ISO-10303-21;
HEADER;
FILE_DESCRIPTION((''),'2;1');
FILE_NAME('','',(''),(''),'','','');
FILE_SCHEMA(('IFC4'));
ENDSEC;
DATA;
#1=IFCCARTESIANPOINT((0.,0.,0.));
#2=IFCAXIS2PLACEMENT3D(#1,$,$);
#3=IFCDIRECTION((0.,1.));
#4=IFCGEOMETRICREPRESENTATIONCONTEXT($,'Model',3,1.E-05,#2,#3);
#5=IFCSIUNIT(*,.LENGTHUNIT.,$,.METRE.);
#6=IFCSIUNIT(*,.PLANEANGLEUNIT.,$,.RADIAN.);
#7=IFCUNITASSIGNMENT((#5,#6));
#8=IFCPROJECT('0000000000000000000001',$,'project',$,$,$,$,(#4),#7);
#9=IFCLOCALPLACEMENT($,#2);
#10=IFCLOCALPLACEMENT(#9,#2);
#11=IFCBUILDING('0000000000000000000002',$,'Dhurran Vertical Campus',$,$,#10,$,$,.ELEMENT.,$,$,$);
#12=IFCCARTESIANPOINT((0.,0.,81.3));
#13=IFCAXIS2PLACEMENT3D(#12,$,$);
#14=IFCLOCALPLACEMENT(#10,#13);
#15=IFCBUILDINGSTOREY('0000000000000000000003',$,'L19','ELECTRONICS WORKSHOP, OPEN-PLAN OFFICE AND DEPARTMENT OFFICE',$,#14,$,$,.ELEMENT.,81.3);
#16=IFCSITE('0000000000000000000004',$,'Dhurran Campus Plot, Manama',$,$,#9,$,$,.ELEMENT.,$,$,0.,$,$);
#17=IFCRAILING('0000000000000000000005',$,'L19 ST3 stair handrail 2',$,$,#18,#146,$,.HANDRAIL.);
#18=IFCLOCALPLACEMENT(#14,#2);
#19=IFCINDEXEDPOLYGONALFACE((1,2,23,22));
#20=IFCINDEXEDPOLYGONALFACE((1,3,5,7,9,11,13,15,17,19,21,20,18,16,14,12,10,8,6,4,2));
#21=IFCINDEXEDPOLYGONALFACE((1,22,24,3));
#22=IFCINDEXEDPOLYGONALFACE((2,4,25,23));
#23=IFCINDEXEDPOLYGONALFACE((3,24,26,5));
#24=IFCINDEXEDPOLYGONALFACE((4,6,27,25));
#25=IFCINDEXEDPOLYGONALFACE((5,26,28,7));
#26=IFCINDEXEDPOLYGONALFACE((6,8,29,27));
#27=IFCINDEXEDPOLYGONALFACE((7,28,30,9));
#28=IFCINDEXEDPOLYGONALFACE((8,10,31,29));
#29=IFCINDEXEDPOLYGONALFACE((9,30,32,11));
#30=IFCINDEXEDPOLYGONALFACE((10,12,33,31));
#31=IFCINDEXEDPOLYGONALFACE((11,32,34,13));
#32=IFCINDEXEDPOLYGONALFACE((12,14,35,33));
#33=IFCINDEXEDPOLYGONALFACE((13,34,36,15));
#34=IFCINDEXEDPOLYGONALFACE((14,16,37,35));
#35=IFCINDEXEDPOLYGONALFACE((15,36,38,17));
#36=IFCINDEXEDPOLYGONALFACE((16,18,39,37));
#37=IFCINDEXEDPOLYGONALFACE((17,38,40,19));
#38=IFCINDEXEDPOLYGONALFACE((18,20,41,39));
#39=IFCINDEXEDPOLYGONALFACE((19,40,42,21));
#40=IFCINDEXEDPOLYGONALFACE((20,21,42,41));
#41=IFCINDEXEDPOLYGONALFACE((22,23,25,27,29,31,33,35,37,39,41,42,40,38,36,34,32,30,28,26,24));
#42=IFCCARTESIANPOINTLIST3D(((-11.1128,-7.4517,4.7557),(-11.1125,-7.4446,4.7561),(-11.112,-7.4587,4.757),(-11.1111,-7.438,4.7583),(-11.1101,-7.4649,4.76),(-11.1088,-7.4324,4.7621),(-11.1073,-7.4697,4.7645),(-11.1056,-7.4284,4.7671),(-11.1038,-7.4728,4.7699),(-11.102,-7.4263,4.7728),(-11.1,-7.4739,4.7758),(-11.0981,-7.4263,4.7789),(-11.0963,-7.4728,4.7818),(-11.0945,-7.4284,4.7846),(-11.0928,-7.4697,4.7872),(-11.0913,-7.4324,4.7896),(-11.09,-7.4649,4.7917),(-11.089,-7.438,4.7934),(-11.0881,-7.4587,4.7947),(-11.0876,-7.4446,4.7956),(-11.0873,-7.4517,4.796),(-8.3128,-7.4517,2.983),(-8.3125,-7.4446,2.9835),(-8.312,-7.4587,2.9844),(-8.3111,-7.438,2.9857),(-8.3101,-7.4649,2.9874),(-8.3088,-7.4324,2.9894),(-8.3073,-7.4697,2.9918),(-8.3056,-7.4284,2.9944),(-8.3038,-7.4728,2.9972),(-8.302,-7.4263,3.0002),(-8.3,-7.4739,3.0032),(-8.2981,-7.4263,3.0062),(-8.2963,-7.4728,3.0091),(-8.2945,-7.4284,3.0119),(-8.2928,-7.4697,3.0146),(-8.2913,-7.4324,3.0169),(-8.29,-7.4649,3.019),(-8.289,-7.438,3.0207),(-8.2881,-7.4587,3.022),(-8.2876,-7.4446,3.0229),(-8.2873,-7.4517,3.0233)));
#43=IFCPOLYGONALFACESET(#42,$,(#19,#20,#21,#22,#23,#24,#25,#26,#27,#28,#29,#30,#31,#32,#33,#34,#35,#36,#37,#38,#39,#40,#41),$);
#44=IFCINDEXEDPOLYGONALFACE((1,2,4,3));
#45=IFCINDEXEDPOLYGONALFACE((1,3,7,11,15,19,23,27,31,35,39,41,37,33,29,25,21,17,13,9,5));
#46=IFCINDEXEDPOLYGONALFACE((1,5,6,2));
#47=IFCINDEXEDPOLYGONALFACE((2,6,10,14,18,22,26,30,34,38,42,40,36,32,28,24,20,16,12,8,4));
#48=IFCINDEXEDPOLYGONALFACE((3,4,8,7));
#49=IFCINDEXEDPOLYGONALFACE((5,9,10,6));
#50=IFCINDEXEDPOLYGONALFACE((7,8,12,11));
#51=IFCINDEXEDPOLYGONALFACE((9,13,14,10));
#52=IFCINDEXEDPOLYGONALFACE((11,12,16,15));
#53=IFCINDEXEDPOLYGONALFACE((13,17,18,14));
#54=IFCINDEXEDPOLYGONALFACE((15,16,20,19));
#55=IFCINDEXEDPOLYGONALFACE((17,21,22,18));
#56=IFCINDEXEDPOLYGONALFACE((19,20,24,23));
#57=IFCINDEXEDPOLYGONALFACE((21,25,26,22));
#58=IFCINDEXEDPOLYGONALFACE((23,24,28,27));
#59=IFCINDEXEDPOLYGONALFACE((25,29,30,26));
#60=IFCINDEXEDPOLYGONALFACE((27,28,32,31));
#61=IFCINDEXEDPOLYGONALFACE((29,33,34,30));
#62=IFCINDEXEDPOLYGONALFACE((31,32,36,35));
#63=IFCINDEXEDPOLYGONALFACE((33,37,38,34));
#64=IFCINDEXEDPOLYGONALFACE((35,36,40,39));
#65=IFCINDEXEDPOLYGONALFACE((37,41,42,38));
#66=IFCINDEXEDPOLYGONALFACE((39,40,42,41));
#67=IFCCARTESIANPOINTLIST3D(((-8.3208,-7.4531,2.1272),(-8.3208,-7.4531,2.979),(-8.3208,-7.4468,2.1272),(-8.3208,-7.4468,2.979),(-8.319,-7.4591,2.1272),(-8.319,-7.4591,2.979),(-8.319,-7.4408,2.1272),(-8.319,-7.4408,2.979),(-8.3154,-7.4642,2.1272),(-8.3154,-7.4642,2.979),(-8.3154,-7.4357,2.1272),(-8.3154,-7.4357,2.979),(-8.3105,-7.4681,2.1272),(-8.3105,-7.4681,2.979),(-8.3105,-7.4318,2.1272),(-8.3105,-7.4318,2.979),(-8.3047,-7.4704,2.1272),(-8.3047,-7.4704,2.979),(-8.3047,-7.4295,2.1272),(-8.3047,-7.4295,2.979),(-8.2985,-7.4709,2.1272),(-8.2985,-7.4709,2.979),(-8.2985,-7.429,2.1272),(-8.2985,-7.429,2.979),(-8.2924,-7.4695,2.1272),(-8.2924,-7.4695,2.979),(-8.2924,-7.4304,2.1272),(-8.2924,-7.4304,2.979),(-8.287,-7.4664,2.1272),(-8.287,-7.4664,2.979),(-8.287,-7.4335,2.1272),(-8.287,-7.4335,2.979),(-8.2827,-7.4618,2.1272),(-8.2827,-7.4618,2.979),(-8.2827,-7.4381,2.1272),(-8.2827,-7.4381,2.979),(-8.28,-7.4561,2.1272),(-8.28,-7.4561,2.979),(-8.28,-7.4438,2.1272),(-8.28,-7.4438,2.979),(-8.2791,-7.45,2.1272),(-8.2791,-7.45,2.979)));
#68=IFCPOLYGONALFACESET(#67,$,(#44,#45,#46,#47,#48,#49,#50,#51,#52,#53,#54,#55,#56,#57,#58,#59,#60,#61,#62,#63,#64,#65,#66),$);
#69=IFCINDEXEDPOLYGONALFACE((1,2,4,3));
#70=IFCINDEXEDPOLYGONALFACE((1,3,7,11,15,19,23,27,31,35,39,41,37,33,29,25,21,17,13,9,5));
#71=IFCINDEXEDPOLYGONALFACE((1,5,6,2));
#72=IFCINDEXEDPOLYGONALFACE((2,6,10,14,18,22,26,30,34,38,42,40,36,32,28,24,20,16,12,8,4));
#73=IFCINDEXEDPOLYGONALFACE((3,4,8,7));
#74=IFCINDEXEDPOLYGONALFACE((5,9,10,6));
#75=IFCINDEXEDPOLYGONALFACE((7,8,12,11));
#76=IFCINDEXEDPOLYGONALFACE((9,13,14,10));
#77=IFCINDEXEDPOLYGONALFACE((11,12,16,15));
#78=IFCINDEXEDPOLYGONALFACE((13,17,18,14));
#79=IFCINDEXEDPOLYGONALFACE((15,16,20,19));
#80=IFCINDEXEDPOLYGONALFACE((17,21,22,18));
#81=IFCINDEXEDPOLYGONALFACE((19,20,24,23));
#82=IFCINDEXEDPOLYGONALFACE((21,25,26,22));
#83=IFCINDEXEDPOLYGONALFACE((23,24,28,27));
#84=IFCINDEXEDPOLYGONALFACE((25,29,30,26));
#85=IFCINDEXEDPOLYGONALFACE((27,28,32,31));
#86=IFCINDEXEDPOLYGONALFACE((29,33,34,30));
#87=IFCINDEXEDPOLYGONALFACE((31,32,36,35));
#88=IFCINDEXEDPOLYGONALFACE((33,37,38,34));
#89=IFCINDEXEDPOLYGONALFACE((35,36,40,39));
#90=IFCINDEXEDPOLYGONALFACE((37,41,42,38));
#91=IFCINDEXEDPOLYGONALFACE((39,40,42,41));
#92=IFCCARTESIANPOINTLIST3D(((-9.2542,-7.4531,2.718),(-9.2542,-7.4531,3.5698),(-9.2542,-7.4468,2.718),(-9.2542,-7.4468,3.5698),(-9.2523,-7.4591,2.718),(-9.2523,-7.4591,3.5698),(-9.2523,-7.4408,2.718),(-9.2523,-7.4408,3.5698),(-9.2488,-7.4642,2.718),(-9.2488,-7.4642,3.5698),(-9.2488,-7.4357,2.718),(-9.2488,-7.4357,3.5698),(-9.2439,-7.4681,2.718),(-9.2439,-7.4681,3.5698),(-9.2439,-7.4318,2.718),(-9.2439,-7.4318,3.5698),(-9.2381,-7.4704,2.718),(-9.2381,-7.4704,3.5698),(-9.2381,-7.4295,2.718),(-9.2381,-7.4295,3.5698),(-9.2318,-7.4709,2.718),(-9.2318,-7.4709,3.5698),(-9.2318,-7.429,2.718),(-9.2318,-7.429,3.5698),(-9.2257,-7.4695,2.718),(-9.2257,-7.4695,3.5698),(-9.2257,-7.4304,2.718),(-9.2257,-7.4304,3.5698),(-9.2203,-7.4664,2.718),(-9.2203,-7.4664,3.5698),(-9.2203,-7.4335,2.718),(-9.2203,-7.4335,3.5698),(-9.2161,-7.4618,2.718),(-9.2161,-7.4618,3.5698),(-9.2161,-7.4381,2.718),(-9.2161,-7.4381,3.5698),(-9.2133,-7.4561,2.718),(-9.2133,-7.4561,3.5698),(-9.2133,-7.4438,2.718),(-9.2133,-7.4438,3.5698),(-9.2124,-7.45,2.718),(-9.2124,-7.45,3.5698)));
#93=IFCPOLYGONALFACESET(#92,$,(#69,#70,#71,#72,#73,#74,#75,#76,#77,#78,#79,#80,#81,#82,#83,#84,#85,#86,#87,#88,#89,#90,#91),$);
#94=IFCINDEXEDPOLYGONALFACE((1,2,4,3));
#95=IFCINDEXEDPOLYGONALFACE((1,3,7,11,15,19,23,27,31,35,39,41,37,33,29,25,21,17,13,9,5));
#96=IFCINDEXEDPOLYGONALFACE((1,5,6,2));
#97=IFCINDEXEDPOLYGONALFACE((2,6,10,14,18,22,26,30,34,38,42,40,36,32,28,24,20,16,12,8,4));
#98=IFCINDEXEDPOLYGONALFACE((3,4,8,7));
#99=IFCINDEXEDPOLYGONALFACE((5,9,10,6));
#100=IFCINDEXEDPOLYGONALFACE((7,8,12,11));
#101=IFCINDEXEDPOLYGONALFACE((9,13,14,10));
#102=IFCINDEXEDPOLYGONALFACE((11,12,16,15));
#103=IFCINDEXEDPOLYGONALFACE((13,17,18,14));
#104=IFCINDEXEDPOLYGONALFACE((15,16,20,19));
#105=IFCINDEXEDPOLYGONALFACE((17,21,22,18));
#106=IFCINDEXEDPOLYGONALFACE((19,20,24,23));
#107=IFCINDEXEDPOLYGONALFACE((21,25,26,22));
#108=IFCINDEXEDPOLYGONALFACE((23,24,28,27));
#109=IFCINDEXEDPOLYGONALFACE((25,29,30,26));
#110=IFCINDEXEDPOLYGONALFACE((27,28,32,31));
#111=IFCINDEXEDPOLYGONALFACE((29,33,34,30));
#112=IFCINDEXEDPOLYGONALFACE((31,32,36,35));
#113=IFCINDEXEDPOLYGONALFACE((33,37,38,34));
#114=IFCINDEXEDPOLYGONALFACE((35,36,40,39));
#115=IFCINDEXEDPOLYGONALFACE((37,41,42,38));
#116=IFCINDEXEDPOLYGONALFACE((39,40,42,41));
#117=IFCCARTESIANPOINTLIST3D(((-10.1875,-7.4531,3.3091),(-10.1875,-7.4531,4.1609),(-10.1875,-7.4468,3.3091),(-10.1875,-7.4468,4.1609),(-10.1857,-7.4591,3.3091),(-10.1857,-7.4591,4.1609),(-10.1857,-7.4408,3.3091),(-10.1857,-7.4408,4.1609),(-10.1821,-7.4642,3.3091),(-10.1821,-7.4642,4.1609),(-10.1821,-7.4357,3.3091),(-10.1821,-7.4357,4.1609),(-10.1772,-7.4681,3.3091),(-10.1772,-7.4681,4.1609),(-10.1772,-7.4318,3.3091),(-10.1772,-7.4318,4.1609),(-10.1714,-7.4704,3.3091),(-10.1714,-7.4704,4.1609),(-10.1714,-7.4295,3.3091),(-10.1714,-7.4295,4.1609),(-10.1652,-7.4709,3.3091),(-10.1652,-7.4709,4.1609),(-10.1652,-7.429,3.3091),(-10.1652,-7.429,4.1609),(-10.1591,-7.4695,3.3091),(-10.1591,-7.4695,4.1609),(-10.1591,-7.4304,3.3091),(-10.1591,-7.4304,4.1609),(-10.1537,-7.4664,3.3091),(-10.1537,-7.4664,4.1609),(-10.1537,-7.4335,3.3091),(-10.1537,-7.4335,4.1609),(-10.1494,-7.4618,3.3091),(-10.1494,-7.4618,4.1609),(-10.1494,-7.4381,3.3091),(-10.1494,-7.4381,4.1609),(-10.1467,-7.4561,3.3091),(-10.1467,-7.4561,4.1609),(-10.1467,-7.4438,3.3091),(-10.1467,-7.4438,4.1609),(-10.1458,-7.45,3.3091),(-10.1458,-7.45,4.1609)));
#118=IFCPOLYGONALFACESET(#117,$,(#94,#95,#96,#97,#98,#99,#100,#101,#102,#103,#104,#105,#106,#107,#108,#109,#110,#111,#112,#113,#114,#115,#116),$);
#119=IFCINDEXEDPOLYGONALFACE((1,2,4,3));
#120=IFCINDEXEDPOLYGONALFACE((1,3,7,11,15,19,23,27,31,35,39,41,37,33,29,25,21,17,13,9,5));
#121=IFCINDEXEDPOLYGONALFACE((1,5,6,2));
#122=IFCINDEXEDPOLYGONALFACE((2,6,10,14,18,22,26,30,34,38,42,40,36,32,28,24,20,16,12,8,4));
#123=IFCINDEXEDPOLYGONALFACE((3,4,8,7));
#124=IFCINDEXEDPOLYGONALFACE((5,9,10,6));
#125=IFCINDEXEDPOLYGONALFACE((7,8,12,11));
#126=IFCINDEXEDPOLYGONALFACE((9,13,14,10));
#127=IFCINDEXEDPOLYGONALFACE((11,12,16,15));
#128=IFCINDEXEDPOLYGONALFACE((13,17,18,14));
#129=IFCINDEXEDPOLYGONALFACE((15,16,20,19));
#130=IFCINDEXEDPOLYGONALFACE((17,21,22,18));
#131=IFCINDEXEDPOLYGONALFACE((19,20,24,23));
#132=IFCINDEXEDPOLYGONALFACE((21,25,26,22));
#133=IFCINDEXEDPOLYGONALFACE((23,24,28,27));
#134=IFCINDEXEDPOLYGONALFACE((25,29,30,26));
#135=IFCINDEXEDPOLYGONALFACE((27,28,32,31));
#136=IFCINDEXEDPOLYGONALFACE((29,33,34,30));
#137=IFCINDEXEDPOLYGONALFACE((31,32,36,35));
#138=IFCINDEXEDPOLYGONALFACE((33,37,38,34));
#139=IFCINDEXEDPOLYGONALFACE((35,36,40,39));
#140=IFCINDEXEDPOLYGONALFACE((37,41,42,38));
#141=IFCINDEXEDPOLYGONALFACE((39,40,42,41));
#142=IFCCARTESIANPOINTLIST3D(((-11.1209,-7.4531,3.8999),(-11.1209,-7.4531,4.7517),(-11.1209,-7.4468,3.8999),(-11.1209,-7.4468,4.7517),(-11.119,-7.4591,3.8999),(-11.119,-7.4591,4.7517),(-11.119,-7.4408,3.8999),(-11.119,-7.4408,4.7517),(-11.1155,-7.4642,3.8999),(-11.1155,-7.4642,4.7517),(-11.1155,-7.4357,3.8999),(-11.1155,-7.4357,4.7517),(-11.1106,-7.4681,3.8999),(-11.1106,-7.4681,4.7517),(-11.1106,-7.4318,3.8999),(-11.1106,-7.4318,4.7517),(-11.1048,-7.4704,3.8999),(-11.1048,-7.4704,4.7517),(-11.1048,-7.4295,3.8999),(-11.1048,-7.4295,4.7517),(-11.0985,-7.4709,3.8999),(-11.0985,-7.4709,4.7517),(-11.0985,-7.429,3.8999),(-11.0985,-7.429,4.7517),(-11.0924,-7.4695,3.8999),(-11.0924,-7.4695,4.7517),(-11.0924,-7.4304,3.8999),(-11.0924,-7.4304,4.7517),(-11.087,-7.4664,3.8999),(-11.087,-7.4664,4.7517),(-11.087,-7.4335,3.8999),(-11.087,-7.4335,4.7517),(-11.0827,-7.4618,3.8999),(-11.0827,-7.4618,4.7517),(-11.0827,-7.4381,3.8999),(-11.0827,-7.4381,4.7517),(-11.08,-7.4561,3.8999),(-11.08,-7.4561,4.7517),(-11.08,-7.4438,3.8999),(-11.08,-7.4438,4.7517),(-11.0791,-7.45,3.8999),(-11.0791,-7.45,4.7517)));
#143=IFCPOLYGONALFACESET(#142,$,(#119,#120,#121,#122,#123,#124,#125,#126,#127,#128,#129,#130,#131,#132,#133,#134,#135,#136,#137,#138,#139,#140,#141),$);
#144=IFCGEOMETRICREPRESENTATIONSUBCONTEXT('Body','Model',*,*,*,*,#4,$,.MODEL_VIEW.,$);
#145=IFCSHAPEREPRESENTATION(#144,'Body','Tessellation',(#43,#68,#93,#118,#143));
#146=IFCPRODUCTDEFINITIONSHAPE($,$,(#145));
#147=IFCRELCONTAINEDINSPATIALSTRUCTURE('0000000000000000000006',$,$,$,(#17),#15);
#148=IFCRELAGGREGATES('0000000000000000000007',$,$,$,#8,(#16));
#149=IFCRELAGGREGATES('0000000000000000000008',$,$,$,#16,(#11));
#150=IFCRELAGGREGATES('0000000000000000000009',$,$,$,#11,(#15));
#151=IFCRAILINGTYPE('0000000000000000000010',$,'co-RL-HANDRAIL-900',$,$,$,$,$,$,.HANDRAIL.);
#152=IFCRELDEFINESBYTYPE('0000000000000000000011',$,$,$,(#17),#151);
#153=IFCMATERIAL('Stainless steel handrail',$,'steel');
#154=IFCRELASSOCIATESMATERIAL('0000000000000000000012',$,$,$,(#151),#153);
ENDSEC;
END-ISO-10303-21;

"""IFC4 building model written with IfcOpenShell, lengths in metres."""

from ifc_helpers import new_model, si_unit, direction, frame, origin, origin_2d, place, context, subcontext, project, spatial, circle, extrude, material, type_object, element, save


model = new_model("IFC4")

# Units and contexts
model_context = context("Model", 3, precision=1e-05, world=origin(), true_north=direction((0.0, 1.0)))
body_context = subcontext(model_context, "Body", "Model", "MODEL_VIEW")
ifc_project = project(units=[si_unit("LENGTHUNIT", "METRE"), si_unit("PLANEANGLEUNIT", "RADIAN")], contexts=[model_context])

# Site, building, storey
site_placement = place(None, origin())
site = spatial("IfcSite", under=ifc_project, at=site_placement, Name="Dhurran Campus Plot, Manama", CompositionType="ELEMENT", RefElevation=0.0)
building_placement = place(site_placement, origin())
building = spatial("IfcBuilding", under=site, at=building_placement, Name="Dhurran Vertical Campus", CompositionType="ELEMENT")
storey_placement = place(building_placement, frame((0.0, 0.0, 81.3)))
storey = spatial("IfcBuildingStorey", under=building, at=storey_placement, Name="L19", Description="ELECTRONICS WORKSHOP, OPEN-PLAN OFFICE AND DEPARTMENT OFFICE", CompositionType="ELEMENT", Elevation=81.3)

# Railing
ifc_material_1 = material(Name="Stainless steel handrail", Category="steel")
railing_type_1 = type_object("IfcRailingType", Name="co-RL-HANDRAIL-900", PredefinedType="HANDRAIL", material=ifc_material_1)
railing_1_placement = place(storey_placement, frame((-8.3, -7.45, 2.1272)))
element("IfcRailing", 1, at=railing_1_placement, inside=storey, type_object=railing_type_1, Name="L19 ST3 stair handrail 2", PredefinedType="HANDRAIL", context=body_context, shape_type="SweptSolid", body=[
    extrude(circle(Radius=0.0239, at=origin_2d()), frame((0.0, 0.0, 0.876), z_axis=(-0.844909, 0.0, 0.53491), x_axis=(0.0, -1.0, 0.0)), (0.0, 0.0, 1.0), 3.314),
    extrude(circle(Radius=0.021, at=origin_2d()), origin(), (0.0, 0.0, 1.0), 0.8518),
    extrude(circle(Radius=0.021, at=origin_2d()), frame((-0.9333, 0.0, 0.5908)), (0.0, 0.0, 1.0), 0.8518),
    extrude(circle(Radius=0.021, at=origin_2d()), frame((-1.8667, 0.0, 1.1819)), (0.0, 0.0, 1.0), 0.8518),
    extrude(circle(Radius=0.021, at=origin_2d()), frame((-2.8, 0.0, 1.7727)), (0.0, 0.0, 1.0), 0.8518),
])

save(model, "model.ifc")
